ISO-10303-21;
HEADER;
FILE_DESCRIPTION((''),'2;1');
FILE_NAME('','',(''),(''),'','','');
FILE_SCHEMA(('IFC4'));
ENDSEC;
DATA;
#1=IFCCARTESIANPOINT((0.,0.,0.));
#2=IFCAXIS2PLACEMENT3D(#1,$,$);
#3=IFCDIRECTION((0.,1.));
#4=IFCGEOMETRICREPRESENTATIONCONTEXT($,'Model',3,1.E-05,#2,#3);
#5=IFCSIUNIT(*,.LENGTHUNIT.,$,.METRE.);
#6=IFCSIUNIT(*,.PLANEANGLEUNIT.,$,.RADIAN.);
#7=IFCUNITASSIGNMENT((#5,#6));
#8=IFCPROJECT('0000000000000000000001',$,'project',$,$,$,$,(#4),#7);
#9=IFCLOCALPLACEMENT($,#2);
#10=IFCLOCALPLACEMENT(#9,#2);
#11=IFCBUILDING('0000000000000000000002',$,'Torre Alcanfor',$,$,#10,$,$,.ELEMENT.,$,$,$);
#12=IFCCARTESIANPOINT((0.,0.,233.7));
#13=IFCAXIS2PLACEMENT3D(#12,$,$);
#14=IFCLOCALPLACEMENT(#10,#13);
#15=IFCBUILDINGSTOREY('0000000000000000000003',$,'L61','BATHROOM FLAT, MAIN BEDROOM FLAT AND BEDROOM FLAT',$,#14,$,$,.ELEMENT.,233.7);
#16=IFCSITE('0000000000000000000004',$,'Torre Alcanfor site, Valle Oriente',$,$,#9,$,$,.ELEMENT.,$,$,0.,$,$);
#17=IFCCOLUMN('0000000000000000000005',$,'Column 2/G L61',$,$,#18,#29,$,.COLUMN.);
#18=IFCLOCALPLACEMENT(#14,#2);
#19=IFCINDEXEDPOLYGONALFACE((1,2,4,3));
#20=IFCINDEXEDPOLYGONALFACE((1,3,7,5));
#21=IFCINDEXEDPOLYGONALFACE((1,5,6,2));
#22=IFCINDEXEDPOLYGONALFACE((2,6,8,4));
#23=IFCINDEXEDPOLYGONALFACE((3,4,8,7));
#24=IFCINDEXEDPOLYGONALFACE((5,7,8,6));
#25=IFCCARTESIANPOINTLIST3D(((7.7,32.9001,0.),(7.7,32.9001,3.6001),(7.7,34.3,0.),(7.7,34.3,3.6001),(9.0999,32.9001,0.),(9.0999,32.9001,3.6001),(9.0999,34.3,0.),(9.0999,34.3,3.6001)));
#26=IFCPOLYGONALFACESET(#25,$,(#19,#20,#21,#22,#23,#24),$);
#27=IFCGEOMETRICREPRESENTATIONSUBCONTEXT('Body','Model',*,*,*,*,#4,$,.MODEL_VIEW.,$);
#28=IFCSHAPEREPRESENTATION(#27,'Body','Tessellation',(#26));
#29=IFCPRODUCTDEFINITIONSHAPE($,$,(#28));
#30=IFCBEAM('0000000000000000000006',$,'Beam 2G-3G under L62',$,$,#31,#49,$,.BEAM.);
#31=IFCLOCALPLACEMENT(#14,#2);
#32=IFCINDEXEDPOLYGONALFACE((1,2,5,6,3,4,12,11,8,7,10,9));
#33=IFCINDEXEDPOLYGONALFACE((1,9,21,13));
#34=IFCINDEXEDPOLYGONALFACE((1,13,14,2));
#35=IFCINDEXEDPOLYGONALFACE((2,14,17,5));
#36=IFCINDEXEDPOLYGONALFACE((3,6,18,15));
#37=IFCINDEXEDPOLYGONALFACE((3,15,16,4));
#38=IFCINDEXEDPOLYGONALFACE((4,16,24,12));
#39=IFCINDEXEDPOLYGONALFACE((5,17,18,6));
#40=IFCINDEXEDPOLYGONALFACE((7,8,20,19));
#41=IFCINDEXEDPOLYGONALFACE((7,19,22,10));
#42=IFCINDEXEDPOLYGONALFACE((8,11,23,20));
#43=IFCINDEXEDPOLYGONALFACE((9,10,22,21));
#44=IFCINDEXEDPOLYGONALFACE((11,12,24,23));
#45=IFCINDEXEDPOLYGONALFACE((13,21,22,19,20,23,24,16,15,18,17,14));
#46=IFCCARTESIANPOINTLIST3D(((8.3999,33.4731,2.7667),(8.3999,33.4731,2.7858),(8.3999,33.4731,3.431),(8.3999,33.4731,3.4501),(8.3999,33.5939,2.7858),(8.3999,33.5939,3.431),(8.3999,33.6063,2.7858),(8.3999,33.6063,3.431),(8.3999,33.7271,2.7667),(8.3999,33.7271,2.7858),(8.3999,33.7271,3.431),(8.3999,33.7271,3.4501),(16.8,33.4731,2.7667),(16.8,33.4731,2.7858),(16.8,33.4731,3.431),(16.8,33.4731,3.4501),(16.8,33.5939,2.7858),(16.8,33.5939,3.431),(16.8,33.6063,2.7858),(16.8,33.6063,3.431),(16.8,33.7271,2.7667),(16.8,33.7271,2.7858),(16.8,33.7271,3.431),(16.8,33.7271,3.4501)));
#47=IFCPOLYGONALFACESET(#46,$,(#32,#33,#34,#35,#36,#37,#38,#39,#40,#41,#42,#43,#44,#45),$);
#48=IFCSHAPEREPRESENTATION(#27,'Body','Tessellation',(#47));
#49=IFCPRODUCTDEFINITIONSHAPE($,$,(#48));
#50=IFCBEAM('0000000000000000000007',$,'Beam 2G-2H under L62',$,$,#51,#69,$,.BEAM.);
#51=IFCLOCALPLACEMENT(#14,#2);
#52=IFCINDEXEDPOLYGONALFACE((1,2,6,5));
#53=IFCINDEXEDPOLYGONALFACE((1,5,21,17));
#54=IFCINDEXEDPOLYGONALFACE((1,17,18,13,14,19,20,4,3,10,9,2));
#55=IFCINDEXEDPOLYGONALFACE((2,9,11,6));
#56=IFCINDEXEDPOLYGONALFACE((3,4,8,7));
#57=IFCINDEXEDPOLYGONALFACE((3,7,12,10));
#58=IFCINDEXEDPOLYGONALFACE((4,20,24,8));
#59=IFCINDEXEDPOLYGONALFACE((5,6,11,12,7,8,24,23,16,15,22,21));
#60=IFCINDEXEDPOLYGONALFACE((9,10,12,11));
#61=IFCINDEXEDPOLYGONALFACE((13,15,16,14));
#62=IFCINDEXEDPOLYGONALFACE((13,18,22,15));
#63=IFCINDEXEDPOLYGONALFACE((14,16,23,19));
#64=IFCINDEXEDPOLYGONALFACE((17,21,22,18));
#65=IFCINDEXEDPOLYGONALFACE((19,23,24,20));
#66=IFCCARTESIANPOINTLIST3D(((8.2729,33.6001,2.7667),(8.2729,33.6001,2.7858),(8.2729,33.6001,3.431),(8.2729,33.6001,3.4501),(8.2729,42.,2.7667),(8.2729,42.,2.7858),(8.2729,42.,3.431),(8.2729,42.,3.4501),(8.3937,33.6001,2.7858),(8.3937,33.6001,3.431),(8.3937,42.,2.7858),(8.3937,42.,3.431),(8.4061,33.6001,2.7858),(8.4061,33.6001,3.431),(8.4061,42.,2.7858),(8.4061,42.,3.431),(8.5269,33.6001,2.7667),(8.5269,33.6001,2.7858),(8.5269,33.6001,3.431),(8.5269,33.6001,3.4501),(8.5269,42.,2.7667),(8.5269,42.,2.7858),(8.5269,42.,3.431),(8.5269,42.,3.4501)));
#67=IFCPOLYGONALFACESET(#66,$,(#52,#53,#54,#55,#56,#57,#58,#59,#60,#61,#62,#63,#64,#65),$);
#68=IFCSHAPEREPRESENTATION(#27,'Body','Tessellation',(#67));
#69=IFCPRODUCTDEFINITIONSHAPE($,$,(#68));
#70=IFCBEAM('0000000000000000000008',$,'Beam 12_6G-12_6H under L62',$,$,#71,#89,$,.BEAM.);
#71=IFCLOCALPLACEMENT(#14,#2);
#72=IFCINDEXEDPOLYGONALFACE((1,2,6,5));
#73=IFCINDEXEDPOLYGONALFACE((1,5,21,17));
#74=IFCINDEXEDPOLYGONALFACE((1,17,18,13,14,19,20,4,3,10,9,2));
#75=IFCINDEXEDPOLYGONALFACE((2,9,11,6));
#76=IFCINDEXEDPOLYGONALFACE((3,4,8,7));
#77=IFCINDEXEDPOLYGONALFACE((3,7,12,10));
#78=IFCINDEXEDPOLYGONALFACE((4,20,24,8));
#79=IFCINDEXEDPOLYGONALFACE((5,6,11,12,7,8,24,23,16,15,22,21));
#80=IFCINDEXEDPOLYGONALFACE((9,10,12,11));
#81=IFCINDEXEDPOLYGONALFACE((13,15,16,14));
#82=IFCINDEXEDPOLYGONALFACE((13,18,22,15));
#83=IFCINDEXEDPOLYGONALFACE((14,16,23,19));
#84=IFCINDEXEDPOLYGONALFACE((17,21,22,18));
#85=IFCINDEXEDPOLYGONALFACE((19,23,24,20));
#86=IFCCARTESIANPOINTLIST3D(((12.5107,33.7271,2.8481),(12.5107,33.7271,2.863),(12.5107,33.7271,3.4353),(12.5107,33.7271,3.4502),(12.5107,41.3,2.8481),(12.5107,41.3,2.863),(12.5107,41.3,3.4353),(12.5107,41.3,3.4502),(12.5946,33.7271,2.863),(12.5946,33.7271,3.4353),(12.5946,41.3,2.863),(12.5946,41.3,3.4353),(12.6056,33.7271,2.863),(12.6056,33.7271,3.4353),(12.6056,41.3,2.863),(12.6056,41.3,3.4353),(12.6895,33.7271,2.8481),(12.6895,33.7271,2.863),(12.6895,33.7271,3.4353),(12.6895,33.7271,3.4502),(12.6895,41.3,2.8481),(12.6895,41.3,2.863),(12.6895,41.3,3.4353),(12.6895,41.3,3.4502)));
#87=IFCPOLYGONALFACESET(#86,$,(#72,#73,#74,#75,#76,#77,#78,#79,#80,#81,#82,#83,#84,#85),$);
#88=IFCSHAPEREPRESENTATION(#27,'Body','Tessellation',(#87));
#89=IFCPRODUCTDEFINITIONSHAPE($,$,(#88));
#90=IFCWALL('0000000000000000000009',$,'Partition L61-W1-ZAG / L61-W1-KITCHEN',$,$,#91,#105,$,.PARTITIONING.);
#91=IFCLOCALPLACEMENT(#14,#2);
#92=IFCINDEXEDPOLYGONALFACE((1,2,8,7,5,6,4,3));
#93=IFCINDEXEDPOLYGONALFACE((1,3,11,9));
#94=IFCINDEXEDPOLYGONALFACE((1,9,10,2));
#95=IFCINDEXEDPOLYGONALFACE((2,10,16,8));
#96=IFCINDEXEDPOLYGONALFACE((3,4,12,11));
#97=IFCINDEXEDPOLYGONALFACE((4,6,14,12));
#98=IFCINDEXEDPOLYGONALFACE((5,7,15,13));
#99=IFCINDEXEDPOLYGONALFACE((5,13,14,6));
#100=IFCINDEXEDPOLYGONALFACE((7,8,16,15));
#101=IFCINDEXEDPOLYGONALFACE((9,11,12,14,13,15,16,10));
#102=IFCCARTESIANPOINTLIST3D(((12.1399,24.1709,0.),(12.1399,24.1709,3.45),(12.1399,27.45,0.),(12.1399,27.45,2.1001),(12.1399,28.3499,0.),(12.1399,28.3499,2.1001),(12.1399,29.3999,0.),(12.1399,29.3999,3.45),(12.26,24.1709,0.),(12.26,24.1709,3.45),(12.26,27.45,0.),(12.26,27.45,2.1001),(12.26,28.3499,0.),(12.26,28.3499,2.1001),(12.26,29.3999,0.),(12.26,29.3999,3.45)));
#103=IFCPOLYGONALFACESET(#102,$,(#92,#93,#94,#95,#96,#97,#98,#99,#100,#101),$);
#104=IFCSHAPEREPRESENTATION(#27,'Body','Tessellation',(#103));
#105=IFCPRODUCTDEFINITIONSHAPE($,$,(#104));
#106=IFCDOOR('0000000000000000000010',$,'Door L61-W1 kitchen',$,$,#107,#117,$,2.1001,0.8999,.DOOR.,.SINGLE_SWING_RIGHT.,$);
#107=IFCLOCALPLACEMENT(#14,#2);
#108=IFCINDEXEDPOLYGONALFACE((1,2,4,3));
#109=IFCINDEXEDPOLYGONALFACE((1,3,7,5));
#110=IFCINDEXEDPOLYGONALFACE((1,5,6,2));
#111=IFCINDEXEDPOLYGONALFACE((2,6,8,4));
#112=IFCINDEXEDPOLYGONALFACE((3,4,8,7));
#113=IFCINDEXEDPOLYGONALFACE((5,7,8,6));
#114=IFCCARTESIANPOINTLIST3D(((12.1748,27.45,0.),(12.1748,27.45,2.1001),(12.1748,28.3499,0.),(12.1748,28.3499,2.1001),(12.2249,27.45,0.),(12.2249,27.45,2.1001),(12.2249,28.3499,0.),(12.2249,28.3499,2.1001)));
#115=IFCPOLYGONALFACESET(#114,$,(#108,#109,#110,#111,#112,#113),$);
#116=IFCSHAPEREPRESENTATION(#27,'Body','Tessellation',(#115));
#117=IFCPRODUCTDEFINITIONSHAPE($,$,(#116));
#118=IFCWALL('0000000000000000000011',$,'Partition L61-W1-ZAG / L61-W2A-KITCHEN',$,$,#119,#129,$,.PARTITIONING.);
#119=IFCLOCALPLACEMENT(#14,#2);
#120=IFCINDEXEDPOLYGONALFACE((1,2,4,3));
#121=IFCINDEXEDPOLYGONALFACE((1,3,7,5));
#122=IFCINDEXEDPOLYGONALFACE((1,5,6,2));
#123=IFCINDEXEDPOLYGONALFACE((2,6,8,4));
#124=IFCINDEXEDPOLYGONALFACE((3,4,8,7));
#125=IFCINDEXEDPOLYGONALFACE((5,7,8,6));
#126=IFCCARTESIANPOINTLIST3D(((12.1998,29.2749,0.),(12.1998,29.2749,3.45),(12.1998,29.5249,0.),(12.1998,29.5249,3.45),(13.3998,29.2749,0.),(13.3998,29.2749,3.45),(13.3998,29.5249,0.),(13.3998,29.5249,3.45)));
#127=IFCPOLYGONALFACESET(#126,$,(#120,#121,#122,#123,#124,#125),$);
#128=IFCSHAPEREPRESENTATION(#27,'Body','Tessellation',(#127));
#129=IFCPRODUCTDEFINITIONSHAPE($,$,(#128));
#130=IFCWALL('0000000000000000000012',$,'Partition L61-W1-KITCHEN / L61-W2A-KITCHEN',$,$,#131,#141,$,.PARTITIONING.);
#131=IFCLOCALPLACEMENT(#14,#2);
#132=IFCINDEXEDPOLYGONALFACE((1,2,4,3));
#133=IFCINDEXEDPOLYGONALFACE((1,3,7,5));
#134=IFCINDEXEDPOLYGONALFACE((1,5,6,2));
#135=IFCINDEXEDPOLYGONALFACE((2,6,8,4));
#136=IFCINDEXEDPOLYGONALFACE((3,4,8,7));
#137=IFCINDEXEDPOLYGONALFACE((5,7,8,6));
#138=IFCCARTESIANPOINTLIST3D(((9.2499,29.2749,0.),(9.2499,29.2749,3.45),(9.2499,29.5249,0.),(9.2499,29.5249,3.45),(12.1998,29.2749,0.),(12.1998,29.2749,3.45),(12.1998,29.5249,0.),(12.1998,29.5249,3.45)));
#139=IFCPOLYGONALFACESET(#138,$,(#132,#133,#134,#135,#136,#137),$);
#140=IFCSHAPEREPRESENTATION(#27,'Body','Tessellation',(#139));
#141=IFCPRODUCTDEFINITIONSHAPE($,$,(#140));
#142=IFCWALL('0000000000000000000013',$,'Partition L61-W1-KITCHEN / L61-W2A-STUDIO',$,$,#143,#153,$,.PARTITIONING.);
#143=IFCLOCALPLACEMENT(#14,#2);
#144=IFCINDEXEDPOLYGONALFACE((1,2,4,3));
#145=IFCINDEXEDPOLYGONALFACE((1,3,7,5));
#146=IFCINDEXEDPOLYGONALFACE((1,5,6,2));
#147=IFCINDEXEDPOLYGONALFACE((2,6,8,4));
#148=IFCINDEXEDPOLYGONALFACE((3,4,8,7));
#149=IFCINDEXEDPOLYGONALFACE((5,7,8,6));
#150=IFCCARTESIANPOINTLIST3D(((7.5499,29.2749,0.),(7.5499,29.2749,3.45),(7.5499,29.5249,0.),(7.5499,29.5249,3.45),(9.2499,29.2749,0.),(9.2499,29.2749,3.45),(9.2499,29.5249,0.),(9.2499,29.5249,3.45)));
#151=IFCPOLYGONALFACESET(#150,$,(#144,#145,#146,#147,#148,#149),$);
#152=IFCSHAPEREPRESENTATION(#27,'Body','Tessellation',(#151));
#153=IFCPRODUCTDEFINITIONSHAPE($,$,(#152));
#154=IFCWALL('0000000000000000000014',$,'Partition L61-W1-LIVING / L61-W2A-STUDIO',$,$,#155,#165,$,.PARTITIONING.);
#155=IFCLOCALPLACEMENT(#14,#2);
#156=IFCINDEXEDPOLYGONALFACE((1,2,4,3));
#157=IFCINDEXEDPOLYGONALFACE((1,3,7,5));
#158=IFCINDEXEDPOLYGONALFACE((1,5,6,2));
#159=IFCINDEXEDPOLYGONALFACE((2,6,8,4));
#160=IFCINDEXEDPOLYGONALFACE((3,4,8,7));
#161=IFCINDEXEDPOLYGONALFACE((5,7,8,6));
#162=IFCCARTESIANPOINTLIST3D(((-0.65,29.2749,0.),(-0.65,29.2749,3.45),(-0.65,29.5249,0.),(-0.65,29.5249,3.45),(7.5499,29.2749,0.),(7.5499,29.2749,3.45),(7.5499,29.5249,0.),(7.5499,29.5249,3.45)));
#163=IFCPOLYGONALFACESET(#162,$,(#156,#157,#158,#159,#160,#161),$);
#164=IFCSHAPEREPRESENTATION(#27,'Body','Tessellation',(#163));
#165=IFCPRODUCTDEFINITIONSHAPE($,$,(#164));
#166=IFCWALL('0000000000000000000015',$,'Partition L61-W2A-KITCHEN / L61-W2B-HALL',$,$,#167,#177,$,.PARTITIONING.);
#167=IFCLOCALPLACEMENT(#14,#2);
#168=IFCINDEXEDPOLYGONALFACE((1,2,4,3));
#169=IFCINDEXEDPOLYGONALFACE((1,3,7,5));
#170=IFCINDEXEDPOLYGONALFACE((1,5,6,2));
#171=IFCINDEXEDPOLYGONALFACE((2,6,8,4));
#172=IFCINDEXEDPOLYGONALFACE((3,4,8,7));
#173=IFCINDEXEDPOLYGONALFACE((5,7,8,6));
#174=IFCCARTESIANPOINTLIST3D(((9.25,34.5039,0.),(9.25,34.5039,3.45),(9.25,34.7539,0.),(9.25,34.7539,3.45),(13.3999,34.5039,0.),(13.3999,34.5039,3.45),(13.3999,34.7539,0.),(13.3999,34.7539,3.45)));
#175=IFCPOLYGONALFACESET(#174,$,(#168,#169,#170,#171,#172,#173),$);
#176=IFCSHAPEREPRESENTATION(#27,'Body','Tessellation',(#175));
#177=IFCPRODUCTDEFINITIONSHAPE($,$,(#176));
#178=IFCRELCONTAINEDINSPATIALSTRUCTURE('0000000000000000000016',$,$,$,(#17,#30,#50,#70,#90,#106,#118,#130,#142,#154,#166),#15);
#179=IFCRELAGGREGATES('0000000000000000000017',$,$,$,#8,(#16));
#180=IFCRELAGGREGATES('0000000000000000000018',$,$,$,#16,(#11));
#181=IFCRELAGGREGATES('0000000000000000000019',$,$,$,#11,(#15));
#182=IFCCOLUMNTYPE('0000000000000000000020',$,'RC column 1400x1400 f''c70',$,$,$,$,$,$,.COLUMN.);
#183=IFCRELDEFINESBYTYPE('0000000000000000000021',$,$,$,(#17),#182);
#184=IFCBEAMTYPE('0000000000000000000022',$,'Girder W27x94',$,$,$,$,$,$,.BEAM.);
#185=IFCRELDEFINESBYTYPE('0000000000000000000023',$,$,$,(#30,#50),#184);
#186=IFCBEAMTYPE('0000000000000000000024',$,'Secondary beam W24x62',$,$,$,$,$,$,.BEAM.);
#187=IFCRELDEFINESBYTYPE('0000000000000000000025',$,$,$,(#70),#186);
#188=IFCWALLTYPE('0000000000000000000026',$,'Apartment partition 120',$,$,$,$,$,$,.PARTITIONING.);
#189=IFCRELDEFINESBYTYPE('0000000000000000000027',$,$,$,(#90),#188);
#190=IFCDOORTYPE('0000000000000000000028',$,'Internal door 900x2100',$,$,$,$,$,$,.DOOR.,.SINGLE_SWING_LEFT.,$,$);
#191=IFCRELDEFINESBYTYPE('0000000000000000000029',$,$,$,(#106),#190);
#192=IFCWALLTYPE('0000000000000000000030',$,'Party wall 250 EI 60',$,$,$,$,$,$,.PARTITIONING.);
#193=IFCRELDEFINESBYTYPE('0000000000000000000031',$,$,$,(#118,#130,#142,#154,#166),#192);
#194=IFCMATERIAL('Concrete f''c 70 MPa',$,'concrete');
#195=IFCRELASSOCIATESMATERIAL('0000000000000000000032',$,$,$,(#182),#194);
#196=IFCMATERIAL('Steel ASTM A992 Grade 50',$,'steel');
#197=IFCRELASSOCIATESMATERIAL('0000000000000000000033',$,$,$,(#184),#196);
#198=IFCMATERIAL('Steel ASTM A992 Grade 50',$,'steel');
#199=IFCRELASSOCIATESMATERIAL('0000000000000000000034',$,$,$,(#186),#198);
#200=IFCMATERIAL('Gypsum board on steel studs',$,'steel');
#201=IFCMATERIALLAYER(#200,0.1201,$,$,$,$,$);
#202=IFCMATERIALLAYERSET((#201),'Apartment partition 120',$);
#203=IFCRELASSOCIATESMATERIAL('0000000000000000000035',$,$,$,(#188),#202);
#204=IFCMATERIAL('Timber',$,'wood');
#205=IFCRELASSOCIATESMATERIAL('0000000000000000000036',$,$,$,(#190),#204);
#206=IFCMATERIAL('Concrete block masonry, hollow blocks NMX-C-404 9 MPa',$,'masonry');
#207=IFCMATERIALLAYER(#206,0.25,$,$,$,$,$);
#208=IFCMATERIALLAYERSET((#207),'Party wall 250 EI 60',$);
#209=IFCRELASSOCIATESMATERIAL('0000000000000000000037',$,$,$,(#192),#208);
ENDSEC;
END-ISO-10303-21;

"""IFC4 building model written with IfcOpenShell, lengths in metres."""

from ifc_helpers import new_model, si_unit, direction, frame, frame_2d, origin, origin_2d, place, context, subcontext, project, spatial, rectangle, i_section, extrude, material, layer, layer_set, material_profile, profile_set, type_object, element, fill, save


model = new_model("IFC4")

# Units and contexts
model_context = context("Model", 3, precision=1e-05, world=origin(), true_north=direction((0.0, 1.0)))
body_context = subcontext(model_context, "Body", "Model", "MODEL_VIEW")
ifc_project = project(units=[si_unit("LENGTHUNIT", "METRE"), si_unit("PLANEANGLEUNIT", "RADIAN")], contexts=[model_context])

# Site, building, storey
site_placement = place(None, origin())
site = spatial("IfcSite", under=ifc_project, at=site_placement, Name="Torre Alcanfor site, Valle Oriente", CompositionType="ELEMENT", RefElevation=0.0)
building_placement = place(site_placement, origin())
building = spatial("IfcBuilding", under=site, at=building_placement, Name="Torre Alcanfor", CompositionType="ELEMENT")
storey_placement = place(building_placement, frame((0.0, 0.0, 233.7)))
storey = spatial("IfcBuildingStorey", under=building, at=storey_placement, Name="L61", Description="BATHROOM FLAT, MAIN BEDROOM FLAT AND BEDROOM FLAT", CompositionType="ELEMENT", Elevation=233.7)

# Column
ifc_material_1 = material(Name="Concrete f'c 70 MPa", Category="concrete")
ifc_material_profile_1 = material_profile(ifc_material_1, rectangle(XDim=1.3999, YDim=1.3999, at=origin_2d()), Name="1400x1400")
ifc_profile_set_1 = profile_set([ifc_material_profile_1], Name="Concrete f'c 70 MPa")
column_type = type_object("IfcColumnType", Name="RC column 1400x1400 f'c70", PredefinedType="COLUMN", material=ifc_profile_set_1)
column_placement = place(storey_placement, frame((8.3999, 33.6001, 0.0), z_axis=(0.0, 0.0, 1.0), x_axis=(1.0, 0.0, 0.0)))
element("IfcColumn", 1, at=column_placement, inside=storey, type_object=column_type, Name="Column 2/G L61", PredefinedType="COLUMN", context=body_context, shape_type="SweptSolid", body=[
    extrude(rectangle(XDim=1.3999, YDim=1.3999, at=origin_2d()), origin(), (0.0, 0.0, 1.0), 3.6001),
])

# Beams
ifc_material_2 = material(Name="Steel ASTM A992 Grade 50", Category="steel")
ifc_material_profile_2 = material_profile(ifc_material_2, i_section(OverallWidth=0.2539, OverallDepth=0.6833, WebThickness=0.0125, FlangeThickness=0.019, at=origin_2d()), Name="W27x94")
ifc_profile_set_2 = profile_set([ifc_material_profile_2], Name="Steel ASTM A992 Grade 50")
beam_type_1 = type_object("IfcBeamType", Name="Girder W27x94", PredefinedType="BEAM", material=ifc_profile_set_2)
beam_1_placement = place(storey_placement, frame((8.3999, 33.6001, 3.1084), z_axis=(1.0, 0.0, 0.0), x_axis=(0.0, 1.0, 0.0)))
element("IfcBeam", 2, at=beam_1_placement, inside=storey, type_object=beam_type_1, Name="Beam 2G-3G under L62", PredefinedType="BEAM", context=body_context, shape_type="SweptSolid", body=[
    extrude(i_section(OverallWidth=0.2539, OverallDepth=0.6833, WebThickness=0.0125, FlangeThickness=0.019, at=origin_2d()), origin(), (0.0, 0.0, 1.0), 8.4001),
])
beam_2_placement = place(storey_placement, frame((8.3999, 33.6001, 3.1084), z_axis=(0.0, 1.0, 0.0), x_axis=(-1.0, 0.0, 0.0)))
element("IfcBeam", 3, at=beam_2_placement, inside=storey, type_object=beam_type_1, Name="Beam 2G-2H under L62", PredefinedType="BEAM", context=body_context, shape_type="SweptSolid", body=[
    extrude(i_section(OverallWidth=0.2539, OverallDepth=0.6833, WebThickness=0.0125, FlangeThickness=0.019, at=origin_2d()), origin(), (0.0, 0.0, 1.0), 8.3999),
])
ifc_material_3 = material(Name="Steel ASTM A992 Grade 50", Category="steel")
ifc_material_profile_3 = material_profile(ifc_material_3, i_section(OverallWidth=0.1787, OverallDepth=0.6021, WebThickness=0.011, FlangeThickness=0.0149, at=origin_2d()), Name="W24x62")
ifc_profile_set_3 = profile_set([ifc_material_profile_3], Name="Steel ASTM A992 Grade 50")
beam_type_2 = type_object("IfcBeamType", Name="Secondary beam W24x62", PredefinedType="BEAM", material=ifc_profile_set_3)
beam_3_placement = place(storey_placement, frame((12.6001, 33.7271, 3.1492), z_axis=(0.0, 1.0, 0.0), x_axis=(-1.0, 0.0, 0.0)))
element("IfcBeam", 4, at=beam_3_placement, inside=storey, type_object=beam_type_2, Name="Beam 12_6G-12_6H under L62", PredefinedType="BEAM", context=body_context, shape_type="SweptSolid", body=[
    extrude(i_section(OverallWidth=0.1787, OverallDepth=0.6021, WebThickness=0.011, FlangeThickness=0.0149, at=origin_2d()), origin(), (0.0, 0.0, 1.0), 7.573),
])

# Wall, opening, door
ifc_material_4 = material(Name="Gypsum board on steel studs", Category="steel")
ifc_layer_1 = layer(ifc_material_4, 0.1201)
ifc_layer_set_1 = layer_set([ifc_layer_1], Name="Apartment partition 120")
wall_type_1 = type_object("IfcWallType", Name="Apartment partition 120", PredefinedType="PARTITIONING", material=ifc_layer_set_1)
wall_1_placement = place(storey_placement, frame((12.2, 29.3999, 0.0), z_axis=(0.0, 0.0, 1.0), x_axis=(0.0, -1.0, 0.0)))
wall_1 = element("IfcWall", 5, at=wall_1_placement, inside=storey, type_object=wall_type_1, Name="Partition L61-W1-ZAG / L61-W1-KITCHEN", PredefinedType="PARTITIONING", context=body_context, shape_type="SweptSolid", body=[
    extrude(rectangle(XDim=5.229, YDim=0.1201, at=frame_2d((2.6145, 0.0))), origin(), (0.0, 0.0, 1.0), 3.45),
])
opening_1_placement = place(wall_1_placement, frame((1.05, 0.0, 0.0)))
opening_1 = element("IfcOpeningElement", 6, at=opening_1_placement, cuts=wall_1, PredefinedType="OPENING", context=body_context, shape_type="SweptSolid", body=[
    extrude(rectangle(XDim=0.8999, YDim=2.1001, at=frame_2d((0.45, 1.05))), frame((0.0, 0.0701, 0.0), z_axis=(0.0, -1.0, 0.0), x_axis=(1.0, 0.0, 0.0)), (0.0, 0.0, 1.0), 0.1401),
])
ifc_material_5 = material(Name="Timber", Category="wood")
door_type_1 = type_object("IfcDoorType", Name="Internal door 900x2100", OperationType="SINGLE_SWING_LEFT", PredefinedType="DOOR", material=ifc_material_5)
door_1_placement = place(opening_1_placement, frame((0.8999, 0.0, 0.0), z_axis=(0.0, 0.0, 1.0), x_axis=(-1.0, 0.0, 0.0)))
door_1 = element("IfcDoor", 7, at=door_1_placement, inside=storey, type_object=door_type_1, Name="Door L61-W1 kitchen", OperationType="SINGLE_SWING_RIGHT", OverallHeight=2.1001, OverallWidth=0.8999, PredefinedType="DOOR", context=body_context, shape_type="SweptSolid", body=[
    extrude(rectangle(XDim=0.8999, YDim=2.1001, at=frame_2d((0.45, 1.05))), frame((0.0, 0.0251, 0.0), z_axis=(0.0, -1.0, 0.0), x_axis=(1.0, 0.0, 0.0)), (0.0, 0.0, 1.0), 0.05),
])
fill(opening_1, door_1)

# Walls
ifc_material_6 = material(Name="Concrete block masonry, hollow blocks NMX-C-404 9 MPa", Category="masonry")
ifc_layer_2 = layer(ifc_material_6, 0.25)
ifc_layer_set_2 = layer_set([ifc_layer_2], Name="Party wall 250 EI 60")
wall_type_2 = type_object("IfcWallType", Name="Party wall 250 EI 60", PredefinedType="PARTITIONING", material=ifc_layer_set_2)
wall_2_placement = place(storey_placement, frame((13.3999, 29.3999, 0.0), z_axis=(0.0, 0.0, 1.0), x_axis=(-1.0, 0.0, 0.0)))
element("IfcWall", 8, at=wall_2_placement, inside=storey, type_object=wall_type_2, Name="Partition L61-W1-ZAG / L61-W2A-KITCHEN", PredefinedType="PARTITIONING", context=body_context, shape_type="SweptSolid", body=[
    extrude(rectangle(XDim=1.2, YDim=0.25, at=frame_2d((0.6001, 0.0))), origin(), (0.0, 0.0, 1.0), 3.45),
])
wall_3_placement = place(storey_placement, frame((12.2, 29.3999, 0.0), z_axis=(0.0, 0.0, 1.0), x_axis=(-1.0, 0.0, 0.0)))
element("IfcWall", 9, at=wall_3_placement, inside=storey, type_object=wall_type_2, Name="Partition L61-W1-KITCHEN / L61-W2A-KITCHEN", PredefinedType="PARTITIONING", context=body_context, shape_type="SweptSolid", body=[
    extrude(rectangle(XDim=2.95, YDim=0.25, at=frame_2d((1.4751, 0.0))), origin(), (0.0, 0.0, 1.0), 3.45),
])
wall_4_placement = place(storey_placement, frame((9.25, 29.3999, 0.0), z_axis=(0.0, 0.0, 1.0), x_axis=(-1.0, 0.0, 0.0)))
element("IfcWall", 10, at=wall_4_placement, inside=storey, type_object=wall_type_2, Name="Partition L61-W1-KITCHEN / L61-W2A-STUDIO", PredefinedType="PARTITIONING", context=body_context, shape_type="SweptSolid", body=[
    extrude(rectangle(XDim=1.7, YDim=0.25, at=frame_2d((0.8501, 0.0))), origin(), (0.0, 0.0, 1.0), 3.45),
])
wall_5_placement = place(storey_placement, frame((7.55, 29.3999, 0.0), z_axis=(0.0, 0.0, 1.0), x_axis=(-1.0, 0.0, 0.0)))
element("IfcWall", 11, at=wall_5_placement, inside=storey, type_object=wall_type_2, Name="Partition L61-W1-LIVING / L61-W2A-STUDIO", PredefinedType="PARTITIONING", context=body_context, shape_type="SweptSolid", body=[
    extrude(rectangle(XDim=8.2, YDim=0.25, at=frame_2d((4.1001, 0.0))), origin(), (0.0, 0.0, 1.0), 3.45),
])
wall_6_placement = place(storey_placement, frame((9.25, 34.6289, 0.0), z_axis=(0.0, 0.0, 1.0), x_axis=(1.0, 0.0, 0.0)))
element("IfcWall", 12, at=wall_6_placement, inside=storey, type_object=wall_type_2, Name="Partition L61-W2A-KITCHEN / L61-W2B-HALL", PredefinedType="PARTITIONING", context=body_context, shape_type="SweptSolid", body=[
    extrude(rectangle(XDim=4.1499, YDim=0.25, at=frame_2d((2.075, 0.0))), origin(), (0.0, 0.0, 1.0), 3.45),
])

save(model, "model.ifc")
